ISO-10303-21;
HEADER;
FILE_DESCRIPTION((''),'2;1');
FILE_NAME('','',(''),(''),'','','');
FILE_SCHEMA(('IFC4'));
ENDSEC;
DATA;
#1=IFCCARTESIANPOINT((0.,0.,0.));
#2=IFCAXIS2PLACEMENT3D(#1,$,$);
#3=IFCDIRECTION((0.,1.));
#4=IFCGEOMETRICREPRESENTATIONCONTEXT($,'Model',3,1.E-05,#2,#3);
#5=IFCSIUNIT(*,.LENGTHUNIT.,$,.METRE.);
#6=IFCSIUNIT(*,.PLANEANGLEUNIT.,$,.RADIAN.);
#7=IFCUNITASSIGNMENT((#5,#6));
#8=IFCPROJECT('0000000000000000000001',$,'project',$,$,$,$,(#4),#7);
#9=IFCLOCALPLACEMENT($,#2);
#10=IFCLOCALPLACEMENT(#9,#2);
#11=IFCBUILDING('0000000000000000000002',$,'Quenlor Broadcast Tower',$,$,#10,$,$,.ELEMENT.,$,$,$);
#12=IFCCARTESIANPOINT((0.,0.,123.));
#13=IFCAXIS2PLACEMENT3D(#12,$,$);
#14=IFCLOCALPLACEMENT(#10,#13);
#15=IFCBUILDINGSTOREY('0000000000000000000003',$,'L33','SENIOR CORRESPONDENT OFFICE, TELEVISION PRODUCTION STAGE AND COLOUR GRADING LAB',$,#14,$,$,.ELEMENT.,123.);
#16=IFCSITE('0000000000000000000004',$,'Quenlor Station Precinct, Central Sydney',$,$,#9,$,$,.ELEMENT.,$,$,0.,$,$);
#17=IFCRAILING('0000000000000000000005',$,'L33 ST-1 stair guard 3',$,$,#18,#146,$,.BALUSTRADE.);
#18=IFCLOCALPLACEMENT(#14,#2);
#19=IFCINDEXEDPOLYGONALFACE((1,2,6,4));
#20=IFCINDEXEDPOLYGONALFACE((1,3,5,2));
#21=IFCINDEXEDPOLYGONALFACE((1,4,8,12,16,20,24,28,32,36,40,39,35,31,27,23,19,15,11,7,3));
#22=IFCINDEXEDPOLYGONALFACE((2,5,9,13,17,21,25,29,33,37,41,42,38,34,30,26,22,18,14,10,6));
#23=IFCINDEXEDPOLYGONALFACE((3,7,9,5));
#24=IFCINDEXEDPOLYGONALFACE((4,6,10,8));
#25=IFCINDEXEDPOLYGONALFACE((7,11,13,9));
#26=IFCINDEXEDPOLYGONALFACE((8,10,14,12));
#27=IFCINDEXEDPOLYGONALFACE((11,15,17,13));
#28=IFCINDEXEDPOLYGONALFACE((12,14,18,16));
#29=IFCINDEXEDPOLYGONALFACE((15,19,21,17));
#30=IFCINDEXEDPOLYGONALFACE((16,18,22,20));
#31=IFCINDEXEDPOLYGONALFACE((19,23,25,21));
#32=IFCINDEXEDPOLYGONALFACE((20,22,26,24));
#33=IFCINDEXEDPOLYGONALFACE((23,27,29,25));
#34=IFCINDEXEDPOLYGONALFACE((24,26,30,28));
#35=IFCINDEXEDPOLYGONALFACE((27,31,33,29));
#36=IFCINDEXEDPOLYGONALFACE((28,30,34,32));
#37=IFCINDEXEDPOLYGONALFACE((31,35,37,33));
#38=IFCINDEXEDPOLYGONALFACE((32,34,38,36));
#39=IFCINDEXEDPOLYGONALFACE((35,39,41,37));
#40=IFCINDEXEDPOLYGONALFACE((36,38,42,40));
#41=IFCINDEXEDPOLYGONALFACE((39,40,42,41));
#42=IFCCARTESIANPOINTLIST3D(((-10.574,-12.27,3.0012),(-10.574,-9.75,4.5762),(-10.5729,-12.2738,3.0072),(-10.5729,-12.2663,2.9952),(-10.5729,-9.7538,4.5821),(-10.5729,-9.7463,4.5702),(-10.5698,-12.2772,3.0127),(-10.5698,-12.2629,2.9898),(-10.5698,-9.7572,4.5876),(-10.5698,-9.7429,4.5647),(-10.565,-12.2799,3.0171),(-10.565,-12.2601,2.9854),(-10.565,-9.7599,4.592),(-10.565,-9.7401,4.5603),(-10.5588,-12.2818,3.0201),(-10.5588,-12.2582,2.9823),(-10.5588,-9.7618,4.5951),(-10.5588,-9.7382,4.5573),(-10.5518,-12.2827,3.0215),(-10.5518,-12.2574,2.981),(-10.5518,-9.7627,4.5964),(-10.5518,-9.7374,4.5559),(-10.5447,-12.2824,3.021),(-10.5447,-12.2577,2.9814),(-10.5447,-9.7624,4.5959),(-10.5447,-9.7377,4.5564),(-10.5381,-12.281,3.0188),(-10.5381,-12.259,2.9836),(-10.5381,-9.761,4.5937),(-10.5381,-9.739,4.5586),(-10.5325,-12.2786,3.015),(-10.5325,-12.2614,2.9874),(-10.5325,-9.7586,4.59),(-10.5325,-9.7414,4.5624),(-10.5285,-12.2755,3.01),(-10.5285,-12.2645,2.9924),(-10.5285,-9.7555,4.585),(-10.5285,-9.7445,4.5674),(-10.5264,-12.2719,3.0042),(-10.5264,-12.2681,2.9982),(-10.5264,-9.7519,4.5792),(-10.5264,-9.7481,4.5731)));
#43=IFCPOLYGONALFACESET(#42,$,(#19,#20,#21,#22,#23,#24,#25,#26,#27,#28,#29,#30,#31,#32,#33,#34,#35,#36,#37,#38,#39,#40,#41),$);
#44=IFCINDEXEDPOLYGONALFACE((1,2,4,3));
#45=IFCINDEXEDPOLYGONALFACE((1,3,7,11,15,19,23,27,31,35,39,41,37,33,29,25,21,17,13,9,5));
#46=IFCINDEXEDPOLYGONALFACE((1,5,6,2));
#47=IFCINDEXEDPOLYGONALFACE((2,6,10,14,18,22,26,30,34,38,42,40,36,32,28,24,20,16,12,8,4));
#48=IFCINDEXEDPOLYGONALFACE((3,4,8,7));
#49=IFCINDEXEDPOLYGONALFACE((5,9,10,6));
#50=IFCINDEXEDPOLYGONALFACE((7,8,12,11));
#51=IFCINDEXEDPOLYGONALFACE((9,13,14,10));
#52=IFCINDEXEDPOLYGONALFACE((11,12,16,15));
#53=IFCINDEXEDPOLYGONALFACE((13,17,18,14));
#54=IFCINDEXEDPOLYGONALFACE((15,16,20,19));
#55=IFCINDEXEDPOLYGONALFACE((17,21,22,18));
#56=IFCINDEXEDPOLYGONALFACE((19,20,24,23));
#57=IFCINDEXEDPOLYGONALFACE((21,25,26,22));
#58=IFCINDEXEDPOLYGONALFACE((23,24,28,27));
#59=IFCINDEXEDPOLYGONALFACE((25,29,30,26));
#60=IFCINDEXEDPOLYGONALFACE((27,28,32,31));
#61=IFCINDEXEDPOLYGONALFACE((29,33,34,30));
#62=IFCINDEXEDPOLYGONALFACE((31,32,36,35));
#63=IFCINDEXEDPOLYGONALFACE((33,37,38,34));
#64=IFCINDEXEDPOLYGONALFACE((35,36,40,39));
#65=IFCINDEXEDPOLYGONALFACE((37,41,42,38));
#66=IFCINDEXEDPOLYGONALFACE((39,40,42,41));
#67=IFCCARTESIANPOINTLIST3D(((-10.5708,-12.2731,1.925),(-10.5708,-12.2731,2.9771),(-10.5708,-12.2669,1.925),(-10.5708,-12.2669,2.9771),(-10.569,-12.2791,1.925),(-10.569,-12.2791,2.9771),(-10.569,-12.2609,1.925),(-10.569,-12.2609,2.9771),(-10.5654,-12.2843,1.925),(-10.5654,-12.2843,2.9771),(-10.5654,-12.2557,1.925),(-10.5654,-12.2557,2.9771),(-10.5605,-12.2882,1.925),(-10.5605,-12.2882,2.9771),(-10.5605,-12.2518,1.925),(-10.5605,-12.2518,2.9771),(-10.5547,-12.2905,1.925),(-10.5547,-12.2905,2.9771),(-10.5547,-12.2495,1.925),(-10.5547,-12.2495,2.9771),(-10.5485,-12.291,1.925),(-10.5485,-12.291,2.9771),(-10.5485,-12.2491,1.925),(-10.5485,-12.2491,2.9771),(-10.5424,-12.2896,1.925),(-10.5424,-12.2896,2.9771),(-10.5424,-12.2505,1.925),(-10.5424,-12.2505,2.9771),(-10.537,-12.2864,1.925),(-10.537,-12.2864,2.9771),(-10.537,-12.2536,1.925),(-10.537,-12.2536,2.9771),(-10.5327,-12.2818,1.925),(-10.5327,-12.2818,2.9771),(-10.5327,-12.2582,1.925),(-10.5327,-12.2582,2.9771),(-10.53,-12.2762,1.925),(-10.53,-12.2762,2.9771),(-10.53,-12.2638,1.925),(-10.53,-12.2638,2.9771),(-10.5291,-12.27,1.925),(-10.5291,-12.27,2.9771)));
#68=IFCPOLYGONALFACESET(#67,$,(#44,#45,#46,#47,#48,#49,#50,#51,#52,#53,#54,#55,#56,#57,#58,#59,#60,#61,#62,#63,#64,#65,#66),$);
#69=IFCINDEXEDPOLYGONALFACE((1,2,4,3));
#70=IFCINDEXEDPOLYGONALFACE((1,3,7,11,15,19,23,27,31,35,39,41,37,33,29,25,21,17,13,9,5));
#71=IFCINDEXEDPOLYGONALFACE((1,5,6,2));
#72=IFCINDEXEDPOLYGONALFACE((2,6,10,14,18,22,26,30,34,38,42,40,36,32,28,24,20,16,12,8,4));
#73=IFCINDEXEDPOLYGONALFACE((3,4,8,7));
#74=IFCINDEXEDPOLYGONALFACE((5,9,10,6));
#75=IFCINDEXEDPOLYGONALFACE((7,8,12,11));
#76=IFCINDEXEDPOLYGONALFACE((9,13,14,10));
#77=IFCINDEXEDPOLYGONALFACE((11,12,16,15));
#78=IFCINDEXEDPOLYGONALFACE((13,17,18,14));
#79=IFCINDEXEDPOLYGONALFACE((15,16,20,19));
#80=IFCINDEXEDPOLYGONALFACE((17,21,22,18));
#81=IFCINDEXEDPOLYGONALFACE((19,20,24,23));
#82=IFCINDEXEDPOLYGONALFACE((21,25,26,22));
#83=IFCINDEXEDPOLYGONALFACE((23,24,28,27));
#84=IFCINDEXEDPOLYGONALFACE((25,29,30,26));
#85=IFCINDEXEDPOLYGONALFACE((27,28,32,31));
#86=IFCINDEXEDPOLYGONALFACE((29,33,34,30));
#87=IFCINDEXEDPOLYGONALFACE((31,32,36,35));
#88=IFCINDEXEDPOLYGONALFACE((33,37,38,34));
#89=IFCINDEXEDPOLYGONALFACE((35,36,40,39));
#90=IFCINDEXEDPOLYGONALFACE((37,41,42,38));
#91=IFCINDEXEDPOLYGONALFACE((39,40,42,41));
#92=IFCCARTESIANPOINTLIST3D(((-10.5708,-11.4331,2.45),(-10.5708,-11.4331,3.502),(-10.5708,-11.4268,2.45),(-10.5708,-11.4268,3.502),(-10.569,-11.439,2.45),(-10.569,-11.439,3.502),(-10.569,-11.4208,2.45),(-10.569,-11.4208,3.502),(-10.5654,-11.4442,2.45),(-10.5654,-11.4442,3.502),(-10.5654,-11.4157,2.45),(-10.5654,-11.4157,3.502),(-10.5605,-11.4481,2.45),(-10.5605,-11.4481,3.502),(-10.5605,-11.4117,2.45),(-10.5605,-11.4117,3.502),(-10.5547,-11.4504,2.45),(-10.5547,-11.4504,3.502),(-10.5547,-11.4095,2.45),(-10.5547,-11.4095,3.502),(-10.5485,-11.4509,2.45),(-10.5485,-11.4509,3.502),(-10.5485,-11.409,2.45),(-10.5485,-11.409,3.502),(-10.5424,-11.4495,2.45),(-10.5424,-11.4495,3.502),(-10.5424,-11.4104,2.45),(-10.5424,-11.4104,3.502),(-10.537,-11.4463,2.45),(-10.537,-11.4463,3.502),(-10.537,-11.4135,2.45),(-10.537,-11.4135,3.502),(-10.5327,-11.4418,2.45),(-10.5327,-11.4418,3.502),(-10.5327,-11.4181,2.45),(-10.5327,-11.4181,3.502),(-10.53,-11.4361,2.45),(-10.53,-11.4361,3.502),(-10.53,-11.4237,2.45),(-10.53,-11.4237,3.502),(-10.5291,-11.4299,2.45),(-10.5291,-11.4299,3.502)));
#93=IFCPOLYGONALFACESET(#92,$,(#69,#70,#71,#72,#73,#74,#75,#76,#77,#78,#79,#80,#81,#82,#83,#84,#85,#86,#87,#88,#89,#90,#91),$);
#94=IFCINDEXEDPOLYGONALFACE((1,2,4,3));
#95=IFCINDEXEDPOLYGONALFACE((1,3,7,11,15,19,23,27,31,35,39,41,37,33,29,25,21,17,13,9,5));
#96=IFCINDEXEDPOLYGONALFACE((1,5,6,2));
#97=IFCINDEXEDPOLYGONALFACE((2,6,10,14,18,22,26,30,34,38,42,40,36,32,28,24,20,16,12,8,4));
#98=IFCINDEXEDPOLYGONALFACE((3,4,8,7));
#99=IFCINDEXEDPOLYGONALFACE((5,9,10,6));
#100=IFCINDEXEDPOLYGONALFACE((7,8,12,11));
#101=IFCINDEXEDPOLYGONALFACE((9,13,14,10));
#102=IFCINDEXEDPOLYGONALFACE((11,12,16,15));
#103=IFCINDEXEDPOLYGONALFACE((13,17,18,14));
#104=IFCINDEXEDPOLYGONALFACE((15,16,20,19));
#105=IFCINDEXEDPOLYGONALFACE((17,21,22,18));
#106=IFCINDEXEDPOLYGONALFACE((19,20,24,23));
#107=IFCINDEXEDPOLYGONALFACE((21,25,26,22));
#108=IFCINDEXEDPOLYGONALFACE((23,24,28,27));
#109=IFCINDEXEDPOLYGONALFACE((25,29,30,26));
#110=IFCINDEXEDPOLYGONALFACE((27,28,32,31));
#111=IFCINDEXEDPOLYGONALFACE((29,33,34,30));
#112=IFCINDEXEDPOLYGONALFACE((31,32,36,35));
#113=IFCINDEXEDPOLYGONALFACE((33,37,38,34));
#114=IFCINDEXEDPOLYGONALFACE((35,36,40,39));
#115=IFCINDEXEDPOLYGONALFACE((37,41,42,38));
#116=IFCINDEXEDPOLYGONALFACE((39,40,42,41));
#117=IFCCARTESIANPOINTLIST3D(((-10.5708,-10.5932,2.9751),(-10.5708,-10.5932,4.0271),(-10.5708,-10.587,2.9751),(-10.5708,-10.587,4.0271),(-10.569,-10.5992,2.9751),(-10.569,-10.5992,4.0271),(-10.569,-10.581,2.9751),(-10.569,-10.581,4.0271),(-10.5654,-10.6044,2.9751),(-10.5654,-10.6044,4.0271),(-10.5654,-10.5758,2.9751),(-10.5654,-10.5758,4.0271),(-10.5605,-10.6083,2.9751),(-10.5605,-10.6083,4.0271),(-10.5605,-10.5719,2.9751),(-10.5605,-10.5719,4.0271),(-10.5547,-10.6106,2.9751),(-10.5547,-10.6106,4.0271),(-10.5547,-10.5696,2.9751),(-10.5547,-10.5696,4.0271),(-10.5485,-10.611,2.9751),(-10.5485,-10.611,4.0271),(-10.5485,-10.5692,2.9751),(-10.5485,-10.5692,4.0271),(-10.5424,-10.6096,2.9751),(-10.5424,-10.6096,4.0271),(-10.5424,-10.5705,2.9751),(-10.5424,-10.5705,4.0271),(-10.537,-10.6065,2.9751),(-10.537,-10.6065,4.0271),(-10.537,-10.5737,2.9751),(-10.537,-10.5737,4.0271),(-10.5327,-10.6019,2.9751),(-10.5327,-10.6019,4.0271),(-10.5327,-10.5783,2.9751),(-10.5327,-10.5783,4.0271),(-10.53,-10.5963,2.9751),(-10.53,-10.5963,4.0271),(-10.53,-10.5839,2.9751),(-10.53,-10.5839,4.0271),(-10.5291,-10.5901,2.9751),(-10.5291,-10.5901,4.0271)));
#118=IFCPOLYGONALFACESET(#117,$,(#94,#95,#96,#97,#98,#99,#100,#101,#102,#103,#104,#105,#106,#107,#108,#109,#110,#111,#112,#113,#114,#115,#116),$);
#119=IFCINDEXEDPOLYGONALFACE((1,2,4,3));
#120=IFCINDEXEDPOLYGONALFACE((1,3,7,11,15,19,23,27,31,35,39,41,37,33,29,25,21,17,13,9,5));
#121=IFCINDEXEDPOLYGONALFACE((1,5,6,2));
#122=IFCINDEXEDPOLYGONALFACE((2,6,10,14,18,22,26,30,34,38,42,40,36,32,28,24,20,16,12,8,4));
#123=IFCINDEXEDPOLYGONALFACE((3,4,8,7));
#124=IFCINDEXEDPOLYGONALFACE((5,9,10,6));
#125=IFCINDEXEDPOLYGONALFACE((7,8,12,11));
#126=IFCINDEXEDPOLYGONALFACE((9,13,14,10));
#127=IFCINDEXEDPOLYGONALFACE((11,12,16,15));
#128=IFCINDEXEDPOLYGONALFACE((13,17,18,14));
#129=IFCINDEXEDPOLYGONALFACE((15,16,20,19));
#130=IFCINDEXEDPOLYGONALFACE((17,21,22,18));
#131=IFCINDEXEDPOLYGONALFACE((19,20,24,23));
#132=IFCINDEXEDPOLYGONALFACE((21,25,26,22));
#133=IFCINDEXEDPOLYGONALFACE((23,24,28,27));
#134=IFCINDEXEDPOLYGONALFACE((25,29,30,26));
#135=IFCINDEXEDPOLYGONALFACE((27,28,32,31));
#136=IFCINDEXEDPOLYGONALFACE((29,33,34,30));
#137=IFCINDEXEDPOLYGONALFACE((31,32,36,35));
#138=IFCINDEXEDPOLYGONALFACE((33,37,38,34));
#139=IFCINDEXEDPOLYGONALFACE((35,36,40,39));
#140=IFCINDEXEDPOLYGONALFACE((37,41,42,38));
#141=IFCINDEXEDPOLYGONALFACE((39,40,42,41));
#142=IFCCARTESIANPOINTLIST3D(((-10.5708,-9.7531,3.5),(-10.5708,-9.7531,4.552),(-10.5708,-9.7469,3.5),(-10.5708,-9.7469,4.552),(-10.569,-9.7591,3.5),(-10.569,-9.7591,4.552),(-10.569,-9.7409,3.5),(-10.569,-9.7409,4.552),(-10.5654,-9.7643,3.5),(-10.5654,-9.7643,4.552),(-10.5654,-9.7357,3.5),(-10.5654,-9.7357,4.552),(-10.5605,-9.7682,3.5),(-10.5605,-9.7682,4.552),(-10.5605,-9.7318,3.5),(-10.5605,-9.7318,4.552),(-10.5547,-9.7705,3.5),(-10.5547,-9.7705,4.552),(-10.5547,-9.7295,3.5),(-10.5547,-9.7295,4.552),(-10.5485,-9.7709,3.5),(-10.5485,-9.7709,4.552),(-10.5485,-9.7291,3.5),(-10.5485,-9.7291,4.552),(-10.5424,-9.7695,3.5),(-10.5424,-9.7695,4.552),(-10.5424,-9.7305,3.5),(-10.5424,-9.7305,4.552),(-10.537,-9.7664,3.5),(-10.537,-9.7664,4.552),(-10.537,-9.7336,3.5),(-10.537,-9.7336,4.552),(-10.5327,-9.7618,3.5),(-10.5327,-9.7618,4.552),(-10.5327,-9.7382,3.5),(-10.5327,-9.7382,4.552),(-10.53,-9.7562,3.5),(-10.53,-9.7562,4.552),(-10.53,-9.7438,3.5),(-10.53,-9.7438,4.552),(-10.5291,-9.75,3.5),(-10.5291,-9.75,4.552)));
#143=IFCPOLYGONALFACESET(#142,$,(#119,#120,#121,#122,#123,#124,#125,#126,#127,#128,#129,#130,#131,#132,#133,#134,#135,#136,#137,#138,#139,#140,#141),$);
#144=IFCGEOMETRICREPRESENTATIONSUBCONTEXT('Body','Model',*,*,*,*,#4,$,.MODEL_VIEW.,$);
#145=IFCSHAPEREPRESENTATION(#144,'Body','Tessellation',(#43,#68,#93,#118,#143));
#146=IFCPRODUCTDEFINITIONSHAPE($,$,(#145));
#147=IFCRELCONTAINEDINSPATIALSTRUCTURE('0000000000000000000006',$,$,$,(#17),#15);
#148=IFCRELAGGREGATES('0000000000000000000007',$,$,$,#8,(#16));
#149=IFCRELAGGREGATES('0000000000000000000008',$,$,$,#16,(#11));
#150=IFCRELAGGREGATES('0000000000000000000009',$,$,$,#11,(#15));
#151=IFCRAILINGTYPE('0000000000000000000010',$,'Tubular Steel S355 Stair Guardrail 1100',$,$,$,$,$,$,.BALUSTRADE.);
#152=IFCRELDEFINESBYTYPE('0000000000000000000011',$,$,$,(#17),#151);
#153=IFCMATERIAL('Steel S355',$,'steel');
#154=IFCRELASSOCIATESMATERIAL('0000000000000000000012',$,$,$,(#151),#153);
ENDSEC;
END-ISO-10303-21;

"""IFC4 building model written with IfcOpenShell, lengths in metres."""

from ifc_helpers import new_model, si_unit, direction, frame, origin, origin_2d, place, context, subcontext, project, spatial, circle, extrude, material, type_object, element, save


model = new_model("IFC4")

# Units and contexts
model_context = context("Model", 3, precision=1e-05, world=origin(), true_north=direction((0.0, 1.0)))
body_context = subcontext(model_context, "Body", "Model", "MODEL_VIEW")
ifc_project = project(units=[si_unit("LENGTHUNIT", "METRE"), si_unit("PLANEANGLEUNIT", "RADIAN")], contexts=[model_context])

# Site, building, storey
site_placement = place(None, origin())
site = spatial("IfcSite", under=ifc_project, at=site_placement, Name="Quenlor Station Precinct, Central Sydney", CompositionType="ELEMENT", RefElevation=0.0)
building_placement = place(site_placement, origin())
building = spatial("IfcBuilding", under=site, at=building_placement, Name="Quenlor Broadcast Tower", CompositionType="ELEMENT")
storey_placement = place(building_placement, frame((0.0, 0.0, 123.0)))
storey = spatial("IfcBuildingStorey", under=building, at=storey_placement, Name="L33", Description="SENIOR CORRESPONDENT OFFICE, TELEVISION PRODUCTION STAGE AND COLOUR GRADING LAB", CompositionType="ELEMENT", Elevation=123.0)

# Railing
ifc_material_1 = material(Name="Steel S355", Category="steel")
railing_type_1 = type_object("IfcRailingType", Name="Tubular Steel S355 Stair Guardrail 1100", PredefinedType="BALUSTRADE", material=ifc_material_1)
railing_1_placement = place(storey_placement, frame((-10.55, -12.27, 1.925)))
element("IfcRailing", 1, at=railing_1_placement, inside=storey, type_object=railing_type_1, Name="L33 ST-1 stair guard 3", PredefinedType="BALUSTRADE", context=body_context, shape_type="SweptSolid", body=[
    extrude(circle(Radius=0.0239, at=origin_2d()), frame((0.0, 0.0, 1.0762), z_axis=(0.0, 0.848008, 0.529984), x_axis=(-1.0, 0.0, 0.0)), (0.0, 0.0, 1.0), 2.9717),
    extrude(circle(Radius=0.021, at=origin_2d()), origin(), (0.0, 0.0, 1.0), 1.052),
    extrude(circle(Radius=0.021, at=origin_2d()), frame((0.0, 0.8401, 0.5249)), (0.0, 0.0, 1.0), 1.052),
    extrude(circle(Radius=0.021, at=origin_2d()), frame((0.0, 1.6799, 1.05)), (0.0, 0.0, 1.0), 1.052),
    extrude(circle(Radius=0.021, at=origin_2d()), frame((0.0, 2.52, 1.575)), (0.0, 0.0, 1.0), 1.052),
])

save(model, "model.ifc")
